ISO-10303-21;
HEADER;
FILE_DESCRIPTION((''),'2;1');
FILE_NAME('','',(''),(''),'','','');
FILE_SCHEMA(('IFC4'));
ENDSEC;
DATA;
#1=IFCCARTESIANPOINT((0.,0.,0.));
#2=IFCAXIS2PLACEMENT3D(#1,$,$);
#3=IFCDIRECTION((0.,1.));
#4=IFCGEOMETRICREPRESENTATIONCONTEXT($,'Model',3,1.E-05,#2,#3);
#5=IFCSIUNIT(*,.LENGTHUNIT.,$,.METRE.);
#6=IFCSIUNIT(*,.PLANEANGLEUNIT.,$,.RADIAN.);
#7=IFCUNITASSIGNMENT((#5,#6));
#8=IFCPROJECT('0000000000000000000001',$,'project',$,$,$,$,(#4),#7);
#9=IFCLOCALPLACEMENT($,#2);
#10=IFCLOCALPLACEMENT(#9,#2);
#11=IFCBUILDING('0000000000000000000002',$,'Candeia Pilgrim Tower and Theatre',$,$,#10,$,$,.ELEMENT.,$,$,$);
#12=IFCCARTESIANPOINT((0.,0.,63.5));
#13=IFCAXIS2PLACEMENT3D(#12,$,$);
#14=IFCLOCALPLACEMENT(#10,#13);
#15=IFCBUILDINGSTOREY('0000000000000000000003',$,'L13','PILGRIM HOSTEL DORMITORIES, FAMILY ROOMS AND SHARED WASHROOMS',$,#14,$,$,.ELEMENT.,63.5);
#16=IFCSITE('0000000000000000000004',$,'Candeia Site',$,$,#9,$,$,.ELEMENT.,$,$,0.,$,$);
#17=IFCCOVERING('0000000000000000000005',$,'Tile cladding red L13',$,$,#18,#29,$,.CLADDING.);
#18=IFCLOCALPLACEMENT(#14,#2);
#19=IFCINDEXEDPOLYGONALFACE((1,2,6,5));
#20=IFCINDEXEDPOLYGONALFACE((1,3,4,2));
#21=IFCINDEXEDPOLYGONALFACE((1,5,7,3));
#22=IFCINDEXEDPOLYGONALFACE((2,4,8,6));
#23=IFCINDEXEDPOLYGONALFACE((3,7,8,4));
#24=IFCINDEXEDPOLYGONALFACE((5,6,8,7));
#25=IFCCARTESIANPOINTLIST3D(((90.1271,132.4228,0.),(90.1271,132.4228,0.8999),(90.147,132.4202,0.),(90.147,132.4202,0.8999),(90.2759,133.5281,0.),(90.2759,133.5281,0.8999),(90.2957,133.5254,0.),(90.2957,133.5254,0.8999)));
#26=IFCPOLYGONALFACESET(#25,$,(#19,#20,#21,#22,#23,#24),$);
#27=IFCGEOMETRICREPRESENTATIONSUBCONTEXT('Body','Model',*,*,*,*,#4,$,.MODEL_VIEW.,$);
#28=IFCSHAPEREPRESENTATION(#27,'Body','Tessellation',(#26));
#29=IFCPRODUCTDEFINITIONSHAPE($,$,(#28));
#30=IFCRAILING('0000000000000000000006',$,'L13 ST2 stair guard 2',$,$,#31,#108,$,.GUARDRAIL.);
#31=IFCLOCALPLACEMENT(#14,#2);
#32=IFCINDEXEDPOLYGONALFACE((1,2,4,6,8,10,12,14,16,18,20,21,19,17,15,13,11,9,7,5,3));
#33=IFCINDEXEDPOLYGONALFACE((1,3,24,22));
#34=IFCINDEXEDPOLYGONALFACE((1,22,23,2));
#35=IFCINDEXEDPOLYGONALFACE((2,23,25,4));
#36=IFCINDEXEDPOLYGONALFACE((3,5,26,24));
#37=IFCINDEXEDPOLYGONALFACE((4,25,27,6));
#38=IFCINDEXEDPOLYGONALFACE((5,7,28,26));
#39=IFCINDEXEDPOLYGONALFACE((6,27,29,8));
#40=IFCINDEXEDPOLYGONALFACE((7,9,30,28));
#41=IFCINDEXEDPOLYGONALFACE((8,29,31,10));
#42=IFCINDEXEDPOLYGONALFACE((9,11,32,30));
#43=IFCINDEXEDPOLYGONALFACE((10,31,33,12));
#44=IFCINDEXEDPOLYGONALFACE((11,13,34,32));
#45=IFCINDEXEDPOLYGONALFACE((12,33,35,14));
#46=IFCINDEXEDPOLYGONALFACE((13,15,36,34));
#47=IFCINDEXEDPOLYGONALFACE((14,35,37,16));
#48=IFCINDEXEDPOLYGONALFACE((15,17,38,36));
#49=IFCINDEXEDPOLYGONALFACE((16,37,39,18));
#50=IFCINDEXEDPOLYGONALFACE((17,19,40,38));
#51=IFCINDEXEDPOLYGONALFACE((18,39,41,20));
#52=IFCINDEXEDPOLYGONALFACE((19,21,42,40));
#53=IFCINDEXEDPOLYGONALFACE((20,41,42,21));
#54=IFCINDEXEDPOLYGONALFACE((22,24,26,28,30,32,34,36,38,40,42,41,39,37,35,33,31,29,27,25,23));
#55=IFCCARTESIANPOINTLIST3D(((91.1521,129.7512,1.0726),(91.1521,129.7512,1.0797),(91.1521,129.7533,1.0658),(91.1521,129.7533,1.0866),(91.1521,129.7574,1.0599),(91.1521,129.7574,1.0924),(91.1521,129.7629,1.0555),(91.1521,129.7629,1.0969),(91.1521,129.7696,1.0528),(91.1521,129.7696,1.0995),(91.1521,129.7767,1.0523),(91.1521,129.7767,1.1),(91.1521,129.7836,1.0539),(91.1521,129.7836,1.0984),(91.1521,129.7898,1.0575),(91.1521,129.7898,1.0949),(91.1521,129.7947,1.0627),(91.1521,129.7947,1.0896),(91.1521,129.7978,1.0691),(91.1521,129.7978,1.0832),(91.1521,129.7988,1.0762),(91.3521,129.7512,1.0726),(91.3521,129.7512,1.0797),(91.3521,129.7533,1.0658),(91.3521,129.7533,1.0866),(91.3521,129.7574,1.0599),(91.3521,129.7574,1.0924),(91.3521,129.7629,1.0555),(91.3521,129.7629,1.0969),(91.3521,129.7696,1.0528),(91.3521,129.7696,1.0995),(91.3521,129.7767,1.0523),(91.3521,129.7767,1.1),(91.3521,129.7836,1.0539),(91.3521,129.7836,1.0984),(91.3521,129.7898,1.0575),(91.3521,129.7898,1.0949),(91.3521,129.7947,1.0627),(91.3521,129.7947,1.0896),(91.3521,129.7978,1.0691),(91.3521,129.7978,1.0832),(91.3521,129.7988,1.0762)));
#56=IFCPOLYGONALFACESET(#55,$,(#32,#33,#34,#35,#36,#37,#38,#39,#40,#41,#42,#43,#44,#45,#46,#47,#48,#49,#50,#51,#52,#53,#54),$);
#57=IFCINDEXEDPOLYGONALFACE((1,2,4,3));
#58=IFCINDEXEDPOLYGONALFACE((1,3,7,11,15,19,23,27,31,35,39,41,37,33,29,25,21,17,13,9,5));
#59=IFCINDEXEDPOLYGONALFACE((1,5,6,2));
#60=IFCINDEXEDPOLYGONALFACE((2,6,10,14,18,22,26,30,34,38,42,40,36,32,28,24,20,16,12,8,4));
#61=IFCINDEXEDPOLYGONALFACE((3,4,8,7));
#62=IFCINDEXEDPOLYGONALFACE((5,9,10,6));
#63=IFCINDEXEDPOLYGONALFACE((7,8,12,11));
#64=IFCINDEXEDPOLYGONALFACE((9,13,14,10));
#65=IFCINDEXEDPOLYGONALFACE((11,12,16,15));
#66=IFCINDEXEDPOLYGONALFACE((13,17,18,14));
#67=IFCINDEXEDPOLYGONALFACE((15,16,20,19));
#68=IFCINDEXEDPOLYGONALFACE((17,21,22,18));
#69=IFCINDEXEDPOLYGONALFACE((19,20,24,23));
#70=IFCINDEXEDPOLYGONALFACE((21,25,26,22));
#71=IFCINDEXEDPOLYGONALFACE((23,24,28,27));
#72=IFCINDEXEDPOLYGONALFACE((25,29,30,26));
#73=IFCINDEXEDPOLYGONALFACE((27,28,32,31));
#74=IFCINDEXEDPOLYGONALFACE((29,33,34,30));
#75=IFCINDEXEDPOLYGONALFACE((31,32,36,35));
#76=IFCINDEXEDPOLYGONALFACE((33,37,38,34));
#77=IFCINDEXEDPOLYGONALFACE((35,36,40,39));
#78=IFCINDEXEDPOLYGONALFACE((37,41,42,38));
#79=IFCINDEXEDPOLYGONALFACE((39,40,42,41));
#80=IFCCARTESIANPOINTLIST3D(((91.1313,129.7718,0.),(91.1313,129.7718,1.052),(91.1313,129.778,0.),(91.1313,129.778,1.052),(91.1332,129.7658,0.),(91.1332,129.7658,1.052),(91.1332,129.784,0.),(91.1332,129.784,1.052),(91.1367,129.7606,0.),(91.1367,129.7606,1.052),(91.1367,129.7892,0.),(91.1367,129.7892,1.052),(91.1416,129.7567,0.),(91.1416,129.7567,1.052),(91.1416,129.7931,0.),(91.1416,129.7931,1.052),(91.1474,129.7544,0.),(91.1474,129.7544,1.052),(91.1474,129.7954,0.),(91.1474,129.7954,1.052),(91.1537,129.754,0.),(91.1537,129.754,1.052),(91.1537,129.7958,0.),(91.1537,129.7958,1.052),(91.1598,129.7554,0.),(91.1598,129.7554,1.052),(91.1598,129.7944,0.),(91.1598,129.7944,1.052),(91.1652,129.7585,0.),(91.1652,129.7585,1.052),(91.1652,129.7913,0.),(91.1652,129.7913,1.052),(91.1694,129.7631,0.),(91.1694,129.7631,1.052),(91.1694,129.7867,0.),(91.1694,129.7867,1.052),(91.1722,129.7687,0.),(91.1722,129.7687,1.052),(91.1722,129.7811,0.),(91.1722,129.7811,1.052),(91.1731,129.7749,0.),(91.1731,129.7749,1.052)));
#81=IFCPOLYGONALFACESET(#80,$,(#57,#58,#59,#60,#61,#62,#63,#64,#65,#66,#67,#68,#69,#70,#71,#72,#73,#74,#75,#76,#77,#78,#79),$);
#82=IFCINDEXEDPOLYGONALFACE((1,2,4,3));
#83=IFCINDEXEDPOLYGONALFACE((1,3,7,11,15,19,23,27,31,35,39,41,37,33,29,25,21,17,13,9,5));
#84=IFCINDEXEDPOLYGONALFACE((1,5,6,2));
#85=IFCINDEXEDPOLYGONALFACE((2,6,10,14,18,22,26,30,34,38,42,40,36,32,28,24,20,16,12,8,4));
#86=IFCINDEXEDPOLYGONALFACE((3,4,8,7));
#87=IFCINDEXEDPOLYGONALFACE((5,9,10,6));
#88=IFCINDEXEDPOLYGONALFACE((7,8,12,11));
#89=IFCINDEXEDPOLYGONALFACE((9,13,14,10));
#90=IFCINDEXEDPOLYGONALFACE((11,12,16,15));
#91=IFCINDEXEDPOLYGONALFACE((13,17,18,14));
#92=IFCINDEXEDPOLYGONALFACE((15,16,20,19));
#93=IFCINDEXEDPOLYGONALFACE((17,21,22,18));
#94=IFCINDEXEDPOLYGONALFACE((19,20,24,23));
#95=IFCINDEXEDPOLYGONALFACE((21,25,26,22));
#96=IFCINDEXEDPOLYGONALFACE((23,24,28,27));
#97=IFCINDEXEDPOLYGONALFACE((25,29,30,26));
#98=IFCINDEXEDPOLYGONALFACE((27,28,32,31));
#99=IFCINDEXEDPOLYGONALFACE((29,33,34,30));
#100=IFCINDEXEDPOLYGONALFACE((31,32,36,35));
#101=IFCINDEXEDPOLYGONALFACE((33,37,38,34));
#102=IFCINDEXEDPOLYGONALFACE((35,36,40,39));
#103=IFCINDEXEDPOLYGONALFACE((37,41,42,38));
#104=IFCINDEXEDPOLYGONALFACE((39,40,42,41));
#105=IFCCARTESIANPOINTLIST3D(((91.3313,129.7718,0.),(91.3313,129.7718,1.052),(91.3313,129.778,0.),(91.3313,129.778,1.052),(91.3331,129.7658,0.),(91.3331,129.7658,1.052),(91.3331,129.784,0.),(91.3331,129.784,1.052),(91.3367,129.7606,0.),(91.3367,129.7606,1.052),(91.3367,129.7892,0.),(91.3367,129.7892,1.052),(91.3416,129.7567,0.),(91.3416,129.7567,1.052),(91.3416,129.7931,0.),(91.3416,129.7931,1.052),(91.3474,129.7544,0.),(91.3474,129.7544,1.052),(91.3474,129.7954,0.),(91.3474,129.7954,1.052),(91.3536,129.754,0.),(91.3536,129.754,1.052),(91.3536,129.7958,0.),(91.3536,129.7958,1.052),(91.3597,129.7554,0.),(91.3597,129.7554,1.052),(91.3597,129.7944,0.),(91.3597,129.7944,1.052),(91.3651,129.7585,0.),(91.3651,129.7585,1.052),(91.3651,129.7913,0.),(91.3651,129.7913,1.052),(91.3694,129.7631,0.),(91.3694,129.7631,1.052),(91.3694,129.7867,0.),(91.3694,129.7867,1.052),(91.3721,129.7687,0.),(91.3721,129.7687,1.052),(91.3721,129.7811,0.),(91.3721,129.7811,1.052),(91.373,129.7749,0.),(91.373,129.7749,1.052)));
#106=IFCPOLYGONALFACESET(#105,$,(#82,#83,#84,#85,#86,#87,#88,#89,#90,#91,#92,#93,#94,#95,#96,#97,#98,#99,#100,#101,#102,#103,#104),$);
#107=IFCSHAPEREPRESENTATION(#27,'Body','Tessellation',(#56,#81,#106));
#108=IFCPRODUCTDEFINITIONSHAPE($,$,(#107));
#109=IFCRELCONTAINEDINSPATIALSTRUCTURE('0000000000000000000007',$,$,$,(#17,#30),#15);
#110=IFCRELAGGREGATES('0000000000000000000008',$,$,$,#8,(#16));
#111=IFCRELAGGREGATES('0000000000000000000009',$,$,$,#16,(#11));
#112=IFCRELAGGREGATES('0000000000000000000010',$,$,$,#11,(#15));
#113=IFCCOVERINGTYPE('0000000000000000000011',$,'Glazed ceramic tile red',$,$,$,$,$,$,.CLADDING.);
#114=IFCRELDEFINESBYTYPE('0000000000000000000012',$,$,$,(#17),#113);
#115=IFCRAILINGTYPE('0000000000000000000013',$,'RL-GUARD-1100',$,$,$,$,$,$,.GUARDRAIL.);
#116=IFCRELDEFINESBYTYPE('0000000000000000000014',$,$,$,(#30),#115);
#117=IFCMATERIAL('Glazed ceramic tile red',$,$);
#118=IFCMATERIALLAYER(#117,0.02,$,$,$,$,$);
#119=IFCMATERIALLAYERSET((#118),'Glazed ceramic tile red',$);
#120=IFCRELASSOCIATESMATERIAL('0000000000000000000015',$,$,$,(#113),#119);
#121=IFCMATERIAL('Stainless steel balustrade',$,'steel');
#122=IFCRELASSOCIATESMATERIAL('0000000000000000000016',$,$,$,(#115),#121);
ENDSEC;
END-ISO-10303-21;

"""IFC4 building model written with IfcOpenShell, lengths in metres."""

from ifc_helpers import new_model, si_unit, direction, frame, origin, origin_2d, place, context, subcontext, project, spatial, rectangle, circle, extrude, material, layer, layer_set, type_object, element, save


model = new_model("IFC4")

# Units and contexts
model_context = context("Model", 3, precision=1e-05, world=origin(), true_north=direction((0.0, 1.0)))
body_context = subcontext(model_context, "Body", "Model", "MODEL_VIEW")
ifc_project = project(units=[si_unit("LENGTHUNIT", "METRE"), si_unit("PLANEANGLEUNIT", "RADIAN")], contexts=[model_context])

# Site, building, storey
site_placement = place(None, origin())
site = spatial("IfcSite", under=ifc_project, at=site_placement, Name="Candeia Site", CompositionType="ELEMENT", RefElevation=0.0)
building_placement = place(site_placement, origin())
building = spatial("IfcBuilding", under=site, at=building_placement, Name="Candeia Pilgrim Tower and Theatre", CompositionType="ELEMENT")
storey_placement = place(building_placement, frame((0.0, 0.0, 63.5)))
storey = spatial("IfcBuildingStorey", under=building, at=storey_placement, Name="L13", Description="PILGRIM HOSTEL DORMITORIES, FAMILY ROOMS AND SHARED WASHROOMS", CompositionType="ELEMENT", Elevation=63.5)

# Shared definitions
ifc_material_1 = material(Name="Stainless steel balustrade", Category="steel")

# Covering
ifc_material_2 = material(Name="Glazed ceramic tile red")
ifc_layer_1 = layer(ifc_material_2, 0.02)
ifc_layer_set_1 = layer_set([ifc_layer_1], Name="Glazed ceramic tile red")
covering_type_1 = type_object("IfcCoveringType", Name="Glazed ceramic tile red", PredefinedType="CLADDING", material=ifc_layer_set_1)
covering_1_placement = place(storey_placement, frame((90.2114, 132.9741, 0.0), z_axis=(0.0, 0.0, 1.0), x_axis=(-0.133412, -0.991061, 0.0)))
element("IfcCovering", 1, at=covering_1_placement, inside=storey, type_object=covering_type_1, Name="Tile cladding red L13", PredefinedType="CLADDING", context=body_context, shape_type="SweptSolid", body=[
    extrude(rectangle(XDim=1.1152, YDim=0.02, at=origin_2d()), origin(), (0.0, 0.0, 1.0), 0.8999),
])

# Railing
railing_type_1 = type_object("IfcRailingType", Name="RL-GUARD-1100", PredefinedType="GUARDRAIL", material=ifc_material_1)
railing_1_placement = place(storey_placement, frame((91.1521, 129.7749, 0.0)))
element("IfcRailing", 2, at=railing_1_placement, inside=storey, type_object=railing_type_1, Name="L13 ST2 stair guard 2", PredefinedType="GUARDRAIL", context=body_context, shape_type="SweptSolid", body=[
    extrude(circle(Radius=0.0239, at=origin_2d()), frame((0.0, 0.0, 1.0762), z_axis=(1.0, 0.0, 0.0), x_axis=(0.0, 1.0, 0.0)), (0.0, 0.0, 1.0), 0.2),
    extrude(circle(Radius=0.021, at=origin_2d()), origin(), (0.0, 0.0, 1.0), 1.052),
    extrude(circle(Radius=0.021, at=origin_2d()), frame((0.2, 0.0, 0.0)), (0.0, 0.0, 1.0), 1.052),
])

save(model, "model.ifc")
